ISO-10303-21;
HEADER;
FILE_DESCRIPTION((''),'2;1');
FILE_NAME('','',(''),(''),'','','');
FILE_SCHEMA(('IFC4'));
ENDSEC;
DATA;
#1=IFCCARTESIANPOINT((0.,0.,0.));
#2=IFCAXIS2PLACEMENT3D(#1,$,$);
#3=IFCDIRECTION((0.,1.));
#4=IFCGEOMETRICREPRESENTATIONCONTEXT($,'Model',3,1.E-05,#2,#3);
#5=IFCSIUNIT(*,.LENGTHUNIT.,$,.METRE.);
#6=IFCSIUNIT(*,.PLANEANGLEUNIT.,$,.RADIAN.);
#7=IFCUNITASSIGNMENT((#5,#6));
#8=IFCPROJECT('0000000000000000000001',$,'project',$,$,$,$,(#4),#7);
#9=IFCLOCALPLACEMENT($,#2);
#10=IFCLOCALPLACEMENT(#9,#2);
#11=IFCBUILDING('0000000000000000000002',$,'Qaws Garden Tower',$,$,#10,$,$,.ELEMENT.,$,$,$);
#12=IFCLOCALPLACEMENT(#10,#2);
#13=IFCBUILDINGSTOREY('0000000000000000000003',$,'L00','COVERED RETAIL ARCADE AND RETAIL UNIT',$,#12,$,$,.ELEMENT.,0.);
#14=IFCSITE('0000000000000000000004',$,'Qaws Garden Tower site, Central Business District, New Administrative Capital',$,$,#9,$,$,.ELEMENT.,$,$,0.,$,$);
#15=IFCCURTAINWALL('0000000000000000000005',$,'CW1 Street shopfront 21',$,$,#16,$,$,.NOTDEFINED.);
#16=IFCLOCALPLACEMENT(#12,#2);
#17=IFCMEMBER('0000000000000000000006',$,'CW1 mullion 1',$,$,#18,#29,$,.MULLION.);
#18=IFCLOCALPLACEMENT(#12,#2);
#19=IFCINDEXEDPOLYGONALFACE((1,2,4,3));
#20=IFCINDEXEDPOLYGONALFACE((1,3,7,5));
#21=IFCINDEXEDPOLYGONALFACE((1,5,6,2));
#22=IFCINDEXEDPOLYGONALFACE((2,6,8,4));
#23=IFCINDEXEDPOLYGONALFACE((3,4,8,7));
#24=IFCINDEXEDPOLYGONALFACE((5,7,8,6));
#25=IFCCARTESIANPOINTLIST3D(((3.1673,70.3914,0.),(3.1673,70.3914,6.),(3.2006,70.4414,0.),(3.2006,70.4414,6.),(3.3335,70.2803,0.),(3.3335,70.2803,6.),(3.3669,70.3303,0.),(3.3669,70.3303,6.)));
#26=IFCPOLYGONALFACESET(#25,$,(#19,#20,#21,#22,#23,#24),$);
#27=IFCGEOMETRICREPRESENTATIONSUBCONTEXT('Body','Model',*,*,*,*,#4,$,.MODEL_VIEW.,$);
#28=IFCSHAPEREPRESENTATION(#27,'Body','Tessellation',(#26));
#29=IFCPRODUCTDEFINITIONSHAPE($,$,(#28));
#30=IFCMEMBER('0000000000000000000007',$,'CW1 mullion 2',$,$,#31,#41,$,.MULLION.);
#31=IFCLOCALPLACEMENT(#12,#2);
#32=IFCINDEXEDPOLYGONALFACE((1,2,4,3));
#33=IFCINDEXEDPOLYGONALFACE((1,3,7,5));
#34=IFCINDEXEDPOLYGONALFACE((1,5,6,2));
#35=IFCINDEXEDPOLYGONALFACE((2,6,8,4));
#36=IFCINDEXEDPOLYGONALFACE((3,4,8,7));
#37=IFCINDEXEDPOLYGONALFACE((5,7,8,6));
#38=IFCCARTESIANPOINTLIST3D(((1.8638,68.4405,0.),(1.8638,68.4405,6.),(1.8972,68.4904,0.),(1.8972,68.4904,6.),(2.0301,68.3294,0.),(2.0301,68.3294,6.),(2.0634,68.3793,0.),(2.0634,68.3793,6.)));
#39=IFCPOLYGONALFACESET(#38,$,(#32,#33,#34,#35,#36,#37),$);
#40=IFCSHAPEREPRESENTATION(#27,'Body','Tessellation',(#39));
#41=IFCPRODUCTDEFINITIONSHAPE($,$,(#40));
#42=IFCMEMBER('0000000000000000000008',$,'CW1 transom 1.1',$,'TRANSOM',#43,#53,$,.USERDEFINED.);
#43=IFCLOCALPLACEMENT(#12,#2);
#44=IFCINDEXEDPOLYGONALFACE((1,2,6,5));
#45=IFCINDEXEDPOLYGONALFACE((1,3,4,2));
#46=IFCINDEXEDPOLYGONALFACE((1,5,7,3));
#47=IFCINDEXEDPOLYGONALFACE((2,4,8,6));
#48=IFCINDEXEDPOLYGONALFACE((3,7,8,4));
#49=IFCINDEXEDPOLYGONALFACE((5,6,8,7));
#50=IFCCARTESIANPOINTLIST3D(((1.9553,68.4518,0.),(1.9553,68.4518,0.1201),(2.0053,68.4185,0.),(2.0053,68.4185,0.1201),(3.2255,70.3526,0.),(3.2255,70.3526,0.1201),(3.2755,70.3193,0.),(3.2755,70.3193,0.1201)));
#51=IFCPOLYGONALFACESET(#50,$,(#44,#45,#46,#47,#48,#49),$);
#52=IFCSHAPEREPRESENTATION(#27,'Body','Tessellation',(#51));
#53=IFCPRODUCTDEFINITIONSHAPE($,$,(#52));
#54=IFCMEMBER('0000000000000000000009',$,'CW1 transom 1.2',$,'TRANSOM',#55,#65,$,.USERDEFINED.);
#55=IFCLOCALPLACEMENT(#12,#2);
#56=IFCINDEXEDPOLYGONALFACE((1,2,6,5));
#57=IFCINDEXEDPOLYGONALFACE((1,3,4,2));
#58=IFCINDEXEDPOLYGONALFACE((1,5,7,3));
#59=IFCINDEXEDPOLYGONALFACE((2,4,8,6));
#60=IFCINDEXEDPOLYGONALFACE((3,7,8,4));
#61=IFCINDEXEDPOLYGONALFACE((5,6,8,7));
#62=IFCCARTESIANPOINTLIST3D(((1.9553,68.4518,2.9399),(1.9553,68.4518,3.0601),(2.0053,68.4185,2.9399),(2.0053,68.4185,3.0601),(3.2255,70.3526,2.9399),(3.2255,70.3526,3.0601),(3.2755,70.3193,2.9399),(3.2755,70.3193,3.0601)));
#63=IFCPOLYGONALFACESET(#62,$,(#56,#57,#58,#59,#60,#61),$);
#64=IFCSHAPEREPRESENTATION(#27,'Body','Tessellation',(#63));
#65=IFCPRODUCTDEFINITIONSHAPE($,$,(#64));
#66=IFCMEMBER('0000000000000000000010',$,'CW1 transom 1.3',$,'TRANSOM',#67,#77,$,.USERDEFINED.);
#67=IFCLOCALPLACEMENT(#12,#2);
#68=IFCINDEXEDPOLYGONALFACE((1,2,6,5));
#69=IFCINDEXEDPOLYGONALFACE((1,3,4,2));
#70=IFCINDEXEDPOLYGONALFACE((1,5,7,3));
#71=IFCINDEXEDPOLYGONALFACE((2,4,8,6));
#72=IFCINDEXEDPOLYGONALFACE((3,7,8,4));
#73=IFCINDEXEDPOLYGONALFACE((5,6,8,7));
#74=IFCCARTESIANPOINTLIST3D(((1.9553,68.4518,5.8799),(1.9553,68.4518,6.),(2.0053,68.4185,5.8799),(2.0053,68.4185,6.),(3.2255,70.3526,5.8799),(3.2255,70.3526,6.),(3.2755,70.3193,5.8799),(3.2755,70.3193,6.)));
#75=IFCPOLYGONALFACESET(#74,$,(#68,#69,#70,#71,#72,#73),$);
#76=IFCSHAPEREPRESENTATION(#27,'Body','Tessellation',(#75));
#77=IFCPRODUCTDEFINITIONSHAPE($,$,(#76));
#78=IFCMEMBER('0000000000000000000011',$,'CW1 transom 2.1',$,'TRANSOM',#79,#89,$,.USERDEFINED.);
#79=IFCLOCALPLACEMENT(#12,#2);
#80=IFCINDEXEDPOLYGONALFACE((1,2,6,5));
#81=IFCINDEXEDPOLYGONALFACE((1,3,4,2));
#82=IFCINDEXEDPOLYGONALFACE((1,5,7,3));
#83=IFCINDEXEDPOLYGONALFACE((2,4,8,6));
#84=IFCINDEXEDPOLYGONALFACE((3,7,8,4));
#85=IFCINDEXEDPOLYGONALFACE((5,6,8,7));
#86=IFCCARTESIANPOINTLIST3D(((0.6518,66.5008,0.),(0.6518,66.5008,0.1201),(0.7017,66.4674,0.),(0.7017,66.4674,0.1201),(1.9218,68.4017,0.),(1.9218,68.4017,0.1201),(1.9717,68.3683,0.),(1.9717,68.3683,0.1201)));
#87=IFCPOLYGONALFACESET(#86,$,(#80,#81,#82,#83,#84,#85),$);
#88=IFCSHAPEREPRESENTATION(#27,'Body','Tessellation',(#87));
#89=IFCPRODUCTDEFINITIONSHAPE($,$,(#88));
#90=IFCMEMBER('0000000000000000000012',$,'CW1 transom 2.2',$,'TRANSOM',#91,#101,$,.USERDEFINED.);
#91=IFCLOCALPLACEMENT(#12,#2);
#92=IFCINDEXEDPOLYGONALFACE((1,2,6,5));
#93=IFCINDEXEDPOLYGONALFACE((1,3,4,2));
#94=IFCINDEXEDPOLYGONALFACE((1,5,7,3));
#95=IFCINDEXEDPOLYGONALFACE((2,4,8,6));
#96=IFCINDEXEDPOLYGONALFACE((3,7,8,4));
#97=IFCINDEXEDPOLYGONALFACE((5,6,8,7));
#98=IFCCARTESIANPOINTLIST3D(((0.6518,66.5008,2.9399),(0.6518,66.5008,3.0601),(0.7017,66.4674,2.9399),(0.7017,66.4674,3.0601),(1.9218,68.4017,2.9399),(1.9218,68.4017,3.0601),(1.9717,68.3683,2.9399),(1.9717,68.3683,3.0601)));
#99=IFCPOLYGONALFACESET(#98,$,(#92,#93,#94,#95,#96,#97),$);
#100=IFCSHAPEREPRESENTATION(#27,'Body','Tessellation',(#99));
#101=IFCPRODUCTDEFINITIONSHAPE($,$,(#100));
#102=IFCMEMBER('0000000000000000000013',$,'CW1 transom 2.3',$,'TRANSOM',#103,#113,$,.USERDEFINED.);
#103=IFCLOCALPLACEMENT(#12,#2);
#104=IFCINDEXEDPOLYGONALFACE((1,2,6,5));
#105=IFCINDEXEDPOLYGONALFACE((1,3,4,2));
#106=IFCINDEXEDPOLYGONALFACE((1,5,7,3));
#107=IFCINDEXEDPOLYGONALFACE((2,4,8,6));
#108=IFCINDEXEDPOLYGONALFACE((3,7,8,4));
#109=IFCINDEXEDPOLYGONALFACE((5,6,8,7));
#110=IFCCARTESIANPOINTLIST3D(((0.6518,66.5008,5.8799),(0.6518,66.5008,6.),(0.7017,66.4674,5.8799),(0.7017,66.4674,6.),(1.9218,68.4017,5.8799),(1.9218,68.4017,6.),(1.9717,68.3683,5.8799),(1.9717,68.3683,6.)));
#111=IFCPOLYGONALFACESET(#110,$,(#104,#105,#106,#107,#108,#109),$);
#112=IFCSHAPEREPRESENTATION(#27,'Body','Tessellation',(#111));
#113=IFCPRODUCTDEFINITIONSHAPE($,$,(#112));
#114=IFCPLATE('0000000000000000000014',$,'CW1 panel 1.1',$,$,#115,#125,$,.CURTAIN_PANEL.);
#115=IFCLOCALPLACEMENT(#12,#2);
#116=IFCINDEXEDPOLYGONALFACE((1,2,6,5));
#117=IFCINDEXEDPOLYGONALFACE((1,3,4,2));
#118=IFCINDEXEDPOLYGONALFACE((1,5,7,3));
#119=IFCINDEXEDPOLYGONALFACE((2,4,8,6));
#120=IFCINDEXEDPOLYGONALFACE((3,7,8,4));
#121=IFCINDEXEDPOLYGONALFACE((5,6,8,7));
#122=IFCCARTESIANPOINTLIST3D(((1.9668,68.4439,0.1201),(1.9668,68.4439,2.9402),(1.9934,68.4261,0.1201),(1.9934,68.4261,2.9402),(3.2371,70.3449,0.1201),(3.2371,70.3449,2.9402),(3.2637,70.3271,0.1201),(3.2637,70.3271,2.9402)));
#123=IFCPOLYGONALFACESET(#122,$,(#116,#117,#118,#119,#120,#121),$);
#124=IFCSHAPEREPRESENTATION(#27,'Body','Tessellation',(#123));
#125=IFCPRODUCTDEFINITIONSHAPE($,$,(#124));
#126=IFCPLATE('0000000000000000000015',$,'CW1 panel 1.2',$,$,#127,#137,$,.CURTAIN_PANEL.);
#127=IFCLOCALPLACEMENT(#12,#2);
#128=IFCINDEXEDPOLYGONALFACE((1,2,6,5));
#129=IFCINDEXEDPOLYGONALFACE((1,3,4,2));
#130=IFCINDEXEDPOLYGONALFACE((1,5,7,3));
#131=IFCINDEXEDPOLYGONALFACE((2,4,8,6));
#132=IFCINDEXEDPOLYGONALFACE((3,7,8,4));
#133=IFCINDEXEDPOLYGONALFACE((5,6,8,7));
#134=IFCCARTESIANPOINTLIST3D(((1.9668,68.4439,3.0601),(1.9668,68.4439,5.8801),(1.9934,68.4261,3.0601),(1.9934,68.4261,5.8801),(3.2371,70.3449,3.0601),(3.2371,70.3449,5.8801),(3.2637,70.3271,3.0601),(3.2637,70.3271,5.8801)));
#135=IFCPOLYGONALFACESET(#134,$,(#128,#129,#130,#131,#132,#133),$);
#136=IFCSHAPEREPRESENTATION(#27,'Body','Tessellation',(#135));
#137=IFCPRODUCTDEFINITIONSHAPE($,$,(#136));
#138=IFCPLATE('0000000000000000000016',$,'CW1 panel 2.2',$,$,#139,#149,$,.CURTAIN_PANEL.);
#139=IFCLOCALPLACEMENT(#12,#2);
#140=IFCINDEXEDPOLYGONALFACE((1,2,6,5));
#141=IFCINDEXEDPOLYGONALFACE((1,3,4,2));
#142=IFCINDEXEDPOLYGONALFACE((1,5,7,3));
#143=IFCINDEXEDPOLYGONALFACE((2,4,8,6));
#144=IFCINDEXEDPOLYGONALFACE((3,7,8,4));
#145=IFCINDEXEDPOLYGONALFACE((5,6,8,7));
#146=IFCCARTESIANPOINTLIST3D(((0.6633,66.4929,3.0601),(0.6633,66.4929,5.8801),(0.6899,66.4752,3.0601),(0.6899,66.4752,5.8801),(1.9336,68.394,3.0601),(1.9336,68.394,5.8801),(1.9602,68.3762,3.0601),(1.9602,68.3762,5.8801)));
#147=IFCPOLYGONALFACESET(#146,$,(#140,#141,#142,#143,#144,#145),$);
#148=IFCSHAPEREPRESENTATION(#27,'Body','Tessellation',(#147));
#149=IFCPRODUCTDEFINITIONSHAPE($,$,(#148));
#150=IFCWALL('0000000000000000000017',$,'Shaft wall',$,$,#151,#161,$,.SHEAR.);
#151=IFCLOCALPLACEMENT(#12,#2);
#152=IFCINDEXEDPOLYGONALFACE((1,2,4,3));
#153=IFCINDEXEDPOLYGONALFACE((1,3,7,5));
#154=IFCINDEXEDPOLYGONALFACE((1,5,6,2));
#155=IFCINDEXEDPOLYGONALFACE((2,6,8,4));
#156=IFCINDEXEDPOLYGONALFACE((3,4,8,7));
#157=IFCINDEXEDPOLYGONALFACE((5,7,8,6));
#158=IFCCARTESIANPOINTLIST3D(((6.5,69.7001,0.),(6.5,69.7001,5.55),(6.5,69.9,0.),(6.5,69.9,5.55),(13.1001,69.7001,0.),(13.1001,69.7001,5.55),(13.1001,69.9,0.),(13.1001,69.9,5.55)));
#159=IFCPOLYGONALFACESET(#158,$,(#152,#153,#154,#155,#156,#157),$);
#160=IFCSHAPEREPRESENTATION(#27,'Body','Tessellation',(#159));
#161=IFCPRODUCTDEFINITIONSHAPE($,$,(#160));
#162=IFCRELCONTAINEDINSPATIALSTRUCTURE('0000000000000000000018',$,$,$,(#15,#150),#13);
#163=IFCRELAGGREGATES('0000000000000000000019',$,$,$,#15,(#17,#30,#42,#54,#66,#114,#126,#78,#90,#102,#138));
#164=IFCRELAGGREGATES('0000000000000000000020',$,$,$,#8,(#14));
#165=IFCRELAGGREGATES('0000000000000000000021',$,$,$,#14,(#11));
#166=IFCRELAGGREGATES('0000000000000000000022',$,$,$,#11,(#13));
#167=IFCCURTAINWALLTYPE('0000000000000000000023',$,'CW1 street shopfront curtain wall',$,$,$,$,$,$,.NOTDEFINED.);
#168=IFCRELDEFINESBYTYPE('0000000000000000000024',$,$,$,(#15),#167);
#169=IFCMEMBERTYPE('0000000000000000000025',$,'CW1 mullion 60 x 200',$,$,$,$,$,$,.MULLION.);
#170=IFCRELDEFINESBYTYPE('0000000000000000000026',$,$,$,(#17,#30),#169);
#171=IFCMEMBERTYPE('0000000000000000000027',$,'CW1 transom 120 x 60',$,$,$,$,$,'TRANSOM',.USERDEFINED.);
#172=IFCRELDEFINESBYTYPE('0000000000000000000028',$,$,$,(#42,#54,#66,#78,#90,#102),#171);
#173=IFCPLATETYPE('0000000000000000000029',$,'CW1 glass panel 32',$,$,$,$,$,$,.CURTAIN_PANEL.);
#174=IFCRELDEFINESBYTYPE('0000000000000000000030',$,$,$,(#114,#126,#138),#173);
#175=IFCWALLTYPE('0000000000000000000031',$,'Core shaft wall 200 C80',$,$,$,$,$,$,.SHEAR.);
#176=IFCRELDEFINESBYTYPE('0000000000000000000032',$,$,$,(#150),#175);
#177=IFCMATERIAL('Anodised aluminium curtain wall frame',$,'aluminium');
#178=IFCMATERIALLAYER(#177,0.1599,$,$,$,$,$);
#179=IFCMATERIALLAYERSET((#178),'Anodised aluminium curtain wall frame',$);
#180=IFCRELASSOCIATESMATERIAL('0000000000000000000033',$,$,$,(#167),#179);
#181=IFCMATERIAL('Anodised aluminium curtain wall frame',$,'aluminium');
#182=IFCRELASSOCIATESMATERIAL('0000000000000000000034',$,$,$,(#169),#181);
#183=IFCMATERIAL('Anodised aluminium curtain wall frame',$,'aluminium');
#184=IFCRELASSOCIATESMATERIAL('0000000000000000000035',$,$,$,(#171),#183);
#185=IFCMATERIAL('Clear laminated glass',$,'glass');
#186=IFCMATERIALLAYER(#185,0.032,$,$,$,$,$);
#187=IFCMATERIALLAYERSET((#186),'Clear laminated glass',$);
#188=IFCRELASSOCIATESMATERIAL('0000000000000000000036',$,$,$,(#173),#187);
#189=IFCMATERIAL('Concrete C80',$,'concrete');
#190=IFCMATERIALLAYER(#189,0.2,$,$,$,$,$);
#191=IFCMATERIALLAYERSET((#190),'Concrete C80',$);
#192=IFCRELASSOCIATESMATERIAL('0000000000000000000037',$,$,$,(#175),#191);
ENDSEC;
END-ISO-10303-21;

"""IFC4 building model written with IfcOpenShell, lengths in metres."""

from ifc_helpers import new_model, si_unit, direction, frame, frame_2d, origin, origin_2d, place, context, subcontext, project, spatial, rectangle, extrude, material, layer, layer_set, material_profile, profile_set, type_object, element, aggregate, save


model = new_model("IFC4")

# Units and contexts
model_context = context("Model", 3, precision=1e-05, world=origin(), true_north=direction((0.0, 1.0)))
body_context = subcontext(model_context, "Body", "Model", "MODEL_VIEW")
ifc_project = project(units=[si_unit("LENGTHUNIT", "METRE"), si_unit("PLANEANGLEUNIT", "RADIAN")], contexts=[model_context])

# Site, building, storey
site_placement = place(None, origin())
site = spatial("IfcSite", under=ifc_project, at=site_placement, Name="Qaws Garden Tower site, Central Business District, New Administrative Capital", CompositionType="ELEMENT", RefElevation=0.0)
building_placement = place(site_placement, origin())
building = spatial("IfcBuilding", under=site, at=building_placement, Name="Qaws Garden Tower", CompositionType="ELEMENT")
storey_placement = place(building_placement, origin())
storey = spatial("IfcBuildingStorey", under=building, at=storey_placement, Name="L00", Description="COVERED RETAIL ARCADE AND RETAIL UNIT", CompositionType="ELEMENT", Elevation=0.0)

# Curtain wall, members, plates
ifc_material_1 = material(Name="Anodised aluminium curtain wall frame", Category="aluminium")
ifc_layer_1 = layer(ifc_material_1, 0.1599)
ifc_layer_set_1 = layer_set([ifc_layer_1], Name="Anodised aluminium curtain wall frame")
curtain_wall_type = type_object("IfcCurtainWallType", Name="CW1 street shopfront curtain wall", PredefinedType="NOTDEFINED", material=ifc_layer_set_1)
placement = place(storey_placement, origin())
curtain_wall = element("IfcCurtainWall", 1, at=placement, inside=storey, type_object=curtain_wall_type, Name="CW1 Street shopfront 21", PredefinedType="NOTDEFINED")
ifc_material_2 = material(Name="Anodised aluminium curtain wall frame", Category="aluminium")
ifc_material_profile_1 = material_profile(ifc_material_2, rectangle(XDim=0.2, YDim=0.0601, at=origin_2d()), Name="AL 60x200")
ifc_profile_set_1 = profile_set([ifc_material_profile_1], Name="Anodised aluminium curtain wall frame")
member_type_1 = type_object("IfcMemberType", Name="CW1 mullion 60 x 200", PredefinedType="MULLION", material=ifc_profile_set_1)
member_1_placement = place(storey_placement, frame((3.2671, 70.3608, 0.0), z_axis=(0.0, 0.0, 1.0), x_axis=(0.83147, -0.55557, 0.0)))
member_1 = element("IfcMember", 2, at=member_1_placement, type_object=member_type_1, Name="CW1 mullion 1", PredefinedType="MULLION", context=body_context, shape_type="SweptSolid", body=[
    extrude(rectangle(XDim=0.2, YDim=0.0601, at=origin_2d()), origin(), (0.0, 0.0, 1.0), 6.0),
])
member_2_placement = place(storey_placement, frame((1.9636, 68.4099, 0.0), z_axis=(0.0, 0.0, 1.0), x_axis=(0.83147, -0.55557, 0.0)))
member_2 = element("IfcMember", 3, at=member_2_placement, type_object=member_type_1, Name="CW1 mullion 2", PredefinedType="MULLION", context=body_context, shape_type="SweptSolid", body=[
    extrude(rectangle(XDim=0.2, YDim=0.0601, at=origin_2d()), origin(), (0.0, 0.0, 1.0), 6.0),
])
ifc_material_3 = material(Name="Anodised aluminium curtain wall frame", Category="aluminium")
ifc_material_profile_2 = material_profile(ifc_material_3, rectangle(XDim=0.0601, YDim=0.1201, at=origin_2d()), Name="AL 60x120")
ifc_profile_set_2 = profile_set([ifc_material_profile_2], Name="Anodised aluminium curtain wall frame")
member_type_2 = type_object("IfcMemberType", Name="CW1 transom 120 x 60", ElementType="TRANSOM", PredefinedType="USERDEFINED", material=ifc_profile_set_2)
member_3_placement = place(storey_placement, frame((3.2505, 70.3359, 0.0601), z_axis=(-0.555612, -0.831442, 0.0), x_axis=(0.831442, -0.555612, 0.0)))
member_3 = element("IfcMember", 4, at=member_3_placement, type_object=member_type_2, Name="CW1 transom 1.1", ObjectType="TRANSOM", PredefinedType="USERDEFINED", context=body_context, shape_type="SweptSolid", body=[
    extrude(rectangle(XDim=0.0601, YDim=0.1201, at=origin_2d()), origin(), (0.0, 0.0, 1.0), 2.2861),
])
member_4_placement = place(storey_placement, frame((3.2505, 70.3359, 3.0), z_axis=(-0.555612, -0.831442, 0.0), x_axis=(0.831442, -0.555612, 0.0)))
member_4 = element("IfcMember", 5, at=member_4_placement, type_object=member_type_2, Name="CW1 transom 1.2", ObjectType="TRANSOM", PredefinedType="USERDEFINED", context=body_context, shape_type="SweptSolid", body=[
    extrude(rectangle(XDim=0.0601, YDim=0.1201, at=origin_2d()), origin(), (0.0, 0.0, 1.0), 2.2861),
])
member_5_placement = place(storey_placement, frame((3.2505, 70.3359, 5.9399), z_axis=(-0.555612, -0.831442, 0.0), x_axis=(0.831442, -0.555612, 0.0)))
member_5 = element("IfcMember", 6, at=member_5_placement, type_object=member_type_2, Name="CW1 transom 1.3", ObjectType="TRANSOM", PredefinedType="USERDEFINED", context=body_context, shape_type="SweptSolid", body=[
    extrude(rectangle(XDim=0.0601, YDim=0.1201, at=origin_2d()), origin(), (0.0, 0.0, 1.0), 2.2861),
])
member_6_placement = place(storey_placement, frame((1.9468, 68.385, 0.0601), z_axis=(-0.555538, -0.831491, 0.0), x_axis=(0.831491, -0.555538, 0.0)))
member_6 = element("IfcMember", 7, at=member_6_placement, type_object=member_type_2, Name="CW1 transom 2.1", ObjectType="TRANSOM", PredefinedType="USERDEFINED", context=body_context, shape_type="SweptSolid", body=[
    extrude(rectangle(XDim=0.0601, YDim=0.1201, at=origin_2d()), origin(), (0.0, 0.0, 1.0), 2.2861),
])
member_7_placement = place(storey_placement, frame((1.9468, 68.385, 3.0), z_axis=(-0.555538, -0.831491, 0.0), x_axis=(0.831491, -0.555538, 0.0)))
member_7 = element("IfcMember", 8, at=member_7_placement, type_object=member_type_2, Name="CW1 transom 2.2", ObjectType="TRANSOM", PredefinedType="USERDEFINED", context=body_context, shape_type="SweptSolid", body=[
    extrude(rectangle(XDim=0.0601, YDim=0.1201, at=origin_2d()), origin(), (0.0, 0.0, 1.0), 2.2861),
])
member_8_placement = place(storey_placement, frame((1.9468, 68.385, 5.9399), z_axis=(-0.555538, -0.831491, 0.0), x_axis=(0.831491, -0.555538, 0.0)))
member_8 = element("IfcMember", 9, at=member_8_placement, type_object=member_type_2, Name="CW1 transom 2.3", ObjectType="TRANSOM", PredefinedType="USERDEFINED", context=body_context, shape_type="SweptSolid", body=[
    extrude(rectangle(XDim=0.0601, YDim=0.1201, at=origin_2d()), origin(), (0.0, 0.0, 1.0), 2.2861),
])
ifc_material_4 = material(Name="Clear laminated glass", Category="glass")
ifc_layer_2 = layer(ifc_material_4, 0.032)
ifc_layer_set_2 = layer_set([ifc_layer_2], Name="Clear laminated glass")
plate_type = type_object("IfcPlateType", Name="CW1 glass panel 32", PredefinedType="CURTAIN_PANEL", material=ifc_layer_set_2)
plate_1_placement = place(storey_placement, frame((2.6152, 69.3855, 0.1201), z_axis=(0.0, 0.0, 1.0), x_axis=(-0.55557, -0.83147, 0.0)))
plate_1 = element("IfcPlate", 10, at=plate_1_placement, type_object=plate_type, Name="CW1 panel 1.1", PredefinedType="CURTAIN_PANEL", context=body_context, shape_type="SweptSolid", body=[
    extrude(rectangle(XDim=2.2864, YDim=0.032, at=origin_2d()), origin(), (0.0, 0.0, 1.0), 2.8201),
])
plate_2_placement = place(storey_placement, frame((2.6152, 69.3855, 3.0601), z_axis=(0.0, 0.0, 1.0), x_axis=(-0.55557, -0.83147, 0.0)))
plate_2 = element("IfcPlate", 11, at=plate_2_placement, type_object=plate_type, Name="CW1 panel 1.2", PredefinedType="CURTAIN_PANEL", context=body_context, shape_type="SweptSolid", body=[
    extrude(rectangle(XDim=2.2864, YDim=0.032, at=origin_2d()), origin(), (0.0, 0.0, 1.0), 2.8201),
])
plate_3_placement = place(storey_placement, frame((1.3118, 67.4346, 3.0601), z_axis=(0.0, 0.0, 1.0), x_axis=(-0.55557, -0.83147, 0.0)))
plate_3 = element("IfcPlate", 12, at=plate_3_placement, type_object=plate_type, Name="CW1 panel 2.2", PredefinedType="CURTAIN_PANEL", context=body_context, shape_type="SweptSolid", body=[
    extrude(rectangle(XDim=2.2864, YDim=0.032, at=origin_2d()), origin(), (0.0, 0.0, 1.0), 2.8201),
])
aggregate(curtain_wall, [member_1, member_2, member_3, member_4, member_5, plate_1, plate_2, member_6, member_7, member_8, plate_3])

# Wall
ifc_material_5 = material(Name="Concrete C80", Category="concrete")
ifc_layer_3 = layer(ifc_material_5, 0.2)
ifc_layer_set_3 = layer_set([ifc_layer_3], Name="Concrete C80")
wall_type = type_object("IfcWallType", Name="Core shaft wall 200 C80", PredefinedType="SHEAR", material=ifc_layer_set_3)
wall_placement = place(storey_placement, frame((6.5, 69.8, 0.0), z_axis=(0.0, 0.0, 1.0), x_axis=(1.0, 0.0, 0.0)))
element("IfcWall", 13, at=wall_placement, inside=storey, type_object=wall_type, Name="Shaft wall", PredefinedType="SHEAR", context=body_context, shape_type="SweptSolid", body=[
    extrude(rectangle(XDim=6.6001, YDim=0.2, at=frame_2d((3.3, 0.0))), origin(), (0.0, 0.0, 1.0), 5.55),
])

save(model, "model.ifc")
